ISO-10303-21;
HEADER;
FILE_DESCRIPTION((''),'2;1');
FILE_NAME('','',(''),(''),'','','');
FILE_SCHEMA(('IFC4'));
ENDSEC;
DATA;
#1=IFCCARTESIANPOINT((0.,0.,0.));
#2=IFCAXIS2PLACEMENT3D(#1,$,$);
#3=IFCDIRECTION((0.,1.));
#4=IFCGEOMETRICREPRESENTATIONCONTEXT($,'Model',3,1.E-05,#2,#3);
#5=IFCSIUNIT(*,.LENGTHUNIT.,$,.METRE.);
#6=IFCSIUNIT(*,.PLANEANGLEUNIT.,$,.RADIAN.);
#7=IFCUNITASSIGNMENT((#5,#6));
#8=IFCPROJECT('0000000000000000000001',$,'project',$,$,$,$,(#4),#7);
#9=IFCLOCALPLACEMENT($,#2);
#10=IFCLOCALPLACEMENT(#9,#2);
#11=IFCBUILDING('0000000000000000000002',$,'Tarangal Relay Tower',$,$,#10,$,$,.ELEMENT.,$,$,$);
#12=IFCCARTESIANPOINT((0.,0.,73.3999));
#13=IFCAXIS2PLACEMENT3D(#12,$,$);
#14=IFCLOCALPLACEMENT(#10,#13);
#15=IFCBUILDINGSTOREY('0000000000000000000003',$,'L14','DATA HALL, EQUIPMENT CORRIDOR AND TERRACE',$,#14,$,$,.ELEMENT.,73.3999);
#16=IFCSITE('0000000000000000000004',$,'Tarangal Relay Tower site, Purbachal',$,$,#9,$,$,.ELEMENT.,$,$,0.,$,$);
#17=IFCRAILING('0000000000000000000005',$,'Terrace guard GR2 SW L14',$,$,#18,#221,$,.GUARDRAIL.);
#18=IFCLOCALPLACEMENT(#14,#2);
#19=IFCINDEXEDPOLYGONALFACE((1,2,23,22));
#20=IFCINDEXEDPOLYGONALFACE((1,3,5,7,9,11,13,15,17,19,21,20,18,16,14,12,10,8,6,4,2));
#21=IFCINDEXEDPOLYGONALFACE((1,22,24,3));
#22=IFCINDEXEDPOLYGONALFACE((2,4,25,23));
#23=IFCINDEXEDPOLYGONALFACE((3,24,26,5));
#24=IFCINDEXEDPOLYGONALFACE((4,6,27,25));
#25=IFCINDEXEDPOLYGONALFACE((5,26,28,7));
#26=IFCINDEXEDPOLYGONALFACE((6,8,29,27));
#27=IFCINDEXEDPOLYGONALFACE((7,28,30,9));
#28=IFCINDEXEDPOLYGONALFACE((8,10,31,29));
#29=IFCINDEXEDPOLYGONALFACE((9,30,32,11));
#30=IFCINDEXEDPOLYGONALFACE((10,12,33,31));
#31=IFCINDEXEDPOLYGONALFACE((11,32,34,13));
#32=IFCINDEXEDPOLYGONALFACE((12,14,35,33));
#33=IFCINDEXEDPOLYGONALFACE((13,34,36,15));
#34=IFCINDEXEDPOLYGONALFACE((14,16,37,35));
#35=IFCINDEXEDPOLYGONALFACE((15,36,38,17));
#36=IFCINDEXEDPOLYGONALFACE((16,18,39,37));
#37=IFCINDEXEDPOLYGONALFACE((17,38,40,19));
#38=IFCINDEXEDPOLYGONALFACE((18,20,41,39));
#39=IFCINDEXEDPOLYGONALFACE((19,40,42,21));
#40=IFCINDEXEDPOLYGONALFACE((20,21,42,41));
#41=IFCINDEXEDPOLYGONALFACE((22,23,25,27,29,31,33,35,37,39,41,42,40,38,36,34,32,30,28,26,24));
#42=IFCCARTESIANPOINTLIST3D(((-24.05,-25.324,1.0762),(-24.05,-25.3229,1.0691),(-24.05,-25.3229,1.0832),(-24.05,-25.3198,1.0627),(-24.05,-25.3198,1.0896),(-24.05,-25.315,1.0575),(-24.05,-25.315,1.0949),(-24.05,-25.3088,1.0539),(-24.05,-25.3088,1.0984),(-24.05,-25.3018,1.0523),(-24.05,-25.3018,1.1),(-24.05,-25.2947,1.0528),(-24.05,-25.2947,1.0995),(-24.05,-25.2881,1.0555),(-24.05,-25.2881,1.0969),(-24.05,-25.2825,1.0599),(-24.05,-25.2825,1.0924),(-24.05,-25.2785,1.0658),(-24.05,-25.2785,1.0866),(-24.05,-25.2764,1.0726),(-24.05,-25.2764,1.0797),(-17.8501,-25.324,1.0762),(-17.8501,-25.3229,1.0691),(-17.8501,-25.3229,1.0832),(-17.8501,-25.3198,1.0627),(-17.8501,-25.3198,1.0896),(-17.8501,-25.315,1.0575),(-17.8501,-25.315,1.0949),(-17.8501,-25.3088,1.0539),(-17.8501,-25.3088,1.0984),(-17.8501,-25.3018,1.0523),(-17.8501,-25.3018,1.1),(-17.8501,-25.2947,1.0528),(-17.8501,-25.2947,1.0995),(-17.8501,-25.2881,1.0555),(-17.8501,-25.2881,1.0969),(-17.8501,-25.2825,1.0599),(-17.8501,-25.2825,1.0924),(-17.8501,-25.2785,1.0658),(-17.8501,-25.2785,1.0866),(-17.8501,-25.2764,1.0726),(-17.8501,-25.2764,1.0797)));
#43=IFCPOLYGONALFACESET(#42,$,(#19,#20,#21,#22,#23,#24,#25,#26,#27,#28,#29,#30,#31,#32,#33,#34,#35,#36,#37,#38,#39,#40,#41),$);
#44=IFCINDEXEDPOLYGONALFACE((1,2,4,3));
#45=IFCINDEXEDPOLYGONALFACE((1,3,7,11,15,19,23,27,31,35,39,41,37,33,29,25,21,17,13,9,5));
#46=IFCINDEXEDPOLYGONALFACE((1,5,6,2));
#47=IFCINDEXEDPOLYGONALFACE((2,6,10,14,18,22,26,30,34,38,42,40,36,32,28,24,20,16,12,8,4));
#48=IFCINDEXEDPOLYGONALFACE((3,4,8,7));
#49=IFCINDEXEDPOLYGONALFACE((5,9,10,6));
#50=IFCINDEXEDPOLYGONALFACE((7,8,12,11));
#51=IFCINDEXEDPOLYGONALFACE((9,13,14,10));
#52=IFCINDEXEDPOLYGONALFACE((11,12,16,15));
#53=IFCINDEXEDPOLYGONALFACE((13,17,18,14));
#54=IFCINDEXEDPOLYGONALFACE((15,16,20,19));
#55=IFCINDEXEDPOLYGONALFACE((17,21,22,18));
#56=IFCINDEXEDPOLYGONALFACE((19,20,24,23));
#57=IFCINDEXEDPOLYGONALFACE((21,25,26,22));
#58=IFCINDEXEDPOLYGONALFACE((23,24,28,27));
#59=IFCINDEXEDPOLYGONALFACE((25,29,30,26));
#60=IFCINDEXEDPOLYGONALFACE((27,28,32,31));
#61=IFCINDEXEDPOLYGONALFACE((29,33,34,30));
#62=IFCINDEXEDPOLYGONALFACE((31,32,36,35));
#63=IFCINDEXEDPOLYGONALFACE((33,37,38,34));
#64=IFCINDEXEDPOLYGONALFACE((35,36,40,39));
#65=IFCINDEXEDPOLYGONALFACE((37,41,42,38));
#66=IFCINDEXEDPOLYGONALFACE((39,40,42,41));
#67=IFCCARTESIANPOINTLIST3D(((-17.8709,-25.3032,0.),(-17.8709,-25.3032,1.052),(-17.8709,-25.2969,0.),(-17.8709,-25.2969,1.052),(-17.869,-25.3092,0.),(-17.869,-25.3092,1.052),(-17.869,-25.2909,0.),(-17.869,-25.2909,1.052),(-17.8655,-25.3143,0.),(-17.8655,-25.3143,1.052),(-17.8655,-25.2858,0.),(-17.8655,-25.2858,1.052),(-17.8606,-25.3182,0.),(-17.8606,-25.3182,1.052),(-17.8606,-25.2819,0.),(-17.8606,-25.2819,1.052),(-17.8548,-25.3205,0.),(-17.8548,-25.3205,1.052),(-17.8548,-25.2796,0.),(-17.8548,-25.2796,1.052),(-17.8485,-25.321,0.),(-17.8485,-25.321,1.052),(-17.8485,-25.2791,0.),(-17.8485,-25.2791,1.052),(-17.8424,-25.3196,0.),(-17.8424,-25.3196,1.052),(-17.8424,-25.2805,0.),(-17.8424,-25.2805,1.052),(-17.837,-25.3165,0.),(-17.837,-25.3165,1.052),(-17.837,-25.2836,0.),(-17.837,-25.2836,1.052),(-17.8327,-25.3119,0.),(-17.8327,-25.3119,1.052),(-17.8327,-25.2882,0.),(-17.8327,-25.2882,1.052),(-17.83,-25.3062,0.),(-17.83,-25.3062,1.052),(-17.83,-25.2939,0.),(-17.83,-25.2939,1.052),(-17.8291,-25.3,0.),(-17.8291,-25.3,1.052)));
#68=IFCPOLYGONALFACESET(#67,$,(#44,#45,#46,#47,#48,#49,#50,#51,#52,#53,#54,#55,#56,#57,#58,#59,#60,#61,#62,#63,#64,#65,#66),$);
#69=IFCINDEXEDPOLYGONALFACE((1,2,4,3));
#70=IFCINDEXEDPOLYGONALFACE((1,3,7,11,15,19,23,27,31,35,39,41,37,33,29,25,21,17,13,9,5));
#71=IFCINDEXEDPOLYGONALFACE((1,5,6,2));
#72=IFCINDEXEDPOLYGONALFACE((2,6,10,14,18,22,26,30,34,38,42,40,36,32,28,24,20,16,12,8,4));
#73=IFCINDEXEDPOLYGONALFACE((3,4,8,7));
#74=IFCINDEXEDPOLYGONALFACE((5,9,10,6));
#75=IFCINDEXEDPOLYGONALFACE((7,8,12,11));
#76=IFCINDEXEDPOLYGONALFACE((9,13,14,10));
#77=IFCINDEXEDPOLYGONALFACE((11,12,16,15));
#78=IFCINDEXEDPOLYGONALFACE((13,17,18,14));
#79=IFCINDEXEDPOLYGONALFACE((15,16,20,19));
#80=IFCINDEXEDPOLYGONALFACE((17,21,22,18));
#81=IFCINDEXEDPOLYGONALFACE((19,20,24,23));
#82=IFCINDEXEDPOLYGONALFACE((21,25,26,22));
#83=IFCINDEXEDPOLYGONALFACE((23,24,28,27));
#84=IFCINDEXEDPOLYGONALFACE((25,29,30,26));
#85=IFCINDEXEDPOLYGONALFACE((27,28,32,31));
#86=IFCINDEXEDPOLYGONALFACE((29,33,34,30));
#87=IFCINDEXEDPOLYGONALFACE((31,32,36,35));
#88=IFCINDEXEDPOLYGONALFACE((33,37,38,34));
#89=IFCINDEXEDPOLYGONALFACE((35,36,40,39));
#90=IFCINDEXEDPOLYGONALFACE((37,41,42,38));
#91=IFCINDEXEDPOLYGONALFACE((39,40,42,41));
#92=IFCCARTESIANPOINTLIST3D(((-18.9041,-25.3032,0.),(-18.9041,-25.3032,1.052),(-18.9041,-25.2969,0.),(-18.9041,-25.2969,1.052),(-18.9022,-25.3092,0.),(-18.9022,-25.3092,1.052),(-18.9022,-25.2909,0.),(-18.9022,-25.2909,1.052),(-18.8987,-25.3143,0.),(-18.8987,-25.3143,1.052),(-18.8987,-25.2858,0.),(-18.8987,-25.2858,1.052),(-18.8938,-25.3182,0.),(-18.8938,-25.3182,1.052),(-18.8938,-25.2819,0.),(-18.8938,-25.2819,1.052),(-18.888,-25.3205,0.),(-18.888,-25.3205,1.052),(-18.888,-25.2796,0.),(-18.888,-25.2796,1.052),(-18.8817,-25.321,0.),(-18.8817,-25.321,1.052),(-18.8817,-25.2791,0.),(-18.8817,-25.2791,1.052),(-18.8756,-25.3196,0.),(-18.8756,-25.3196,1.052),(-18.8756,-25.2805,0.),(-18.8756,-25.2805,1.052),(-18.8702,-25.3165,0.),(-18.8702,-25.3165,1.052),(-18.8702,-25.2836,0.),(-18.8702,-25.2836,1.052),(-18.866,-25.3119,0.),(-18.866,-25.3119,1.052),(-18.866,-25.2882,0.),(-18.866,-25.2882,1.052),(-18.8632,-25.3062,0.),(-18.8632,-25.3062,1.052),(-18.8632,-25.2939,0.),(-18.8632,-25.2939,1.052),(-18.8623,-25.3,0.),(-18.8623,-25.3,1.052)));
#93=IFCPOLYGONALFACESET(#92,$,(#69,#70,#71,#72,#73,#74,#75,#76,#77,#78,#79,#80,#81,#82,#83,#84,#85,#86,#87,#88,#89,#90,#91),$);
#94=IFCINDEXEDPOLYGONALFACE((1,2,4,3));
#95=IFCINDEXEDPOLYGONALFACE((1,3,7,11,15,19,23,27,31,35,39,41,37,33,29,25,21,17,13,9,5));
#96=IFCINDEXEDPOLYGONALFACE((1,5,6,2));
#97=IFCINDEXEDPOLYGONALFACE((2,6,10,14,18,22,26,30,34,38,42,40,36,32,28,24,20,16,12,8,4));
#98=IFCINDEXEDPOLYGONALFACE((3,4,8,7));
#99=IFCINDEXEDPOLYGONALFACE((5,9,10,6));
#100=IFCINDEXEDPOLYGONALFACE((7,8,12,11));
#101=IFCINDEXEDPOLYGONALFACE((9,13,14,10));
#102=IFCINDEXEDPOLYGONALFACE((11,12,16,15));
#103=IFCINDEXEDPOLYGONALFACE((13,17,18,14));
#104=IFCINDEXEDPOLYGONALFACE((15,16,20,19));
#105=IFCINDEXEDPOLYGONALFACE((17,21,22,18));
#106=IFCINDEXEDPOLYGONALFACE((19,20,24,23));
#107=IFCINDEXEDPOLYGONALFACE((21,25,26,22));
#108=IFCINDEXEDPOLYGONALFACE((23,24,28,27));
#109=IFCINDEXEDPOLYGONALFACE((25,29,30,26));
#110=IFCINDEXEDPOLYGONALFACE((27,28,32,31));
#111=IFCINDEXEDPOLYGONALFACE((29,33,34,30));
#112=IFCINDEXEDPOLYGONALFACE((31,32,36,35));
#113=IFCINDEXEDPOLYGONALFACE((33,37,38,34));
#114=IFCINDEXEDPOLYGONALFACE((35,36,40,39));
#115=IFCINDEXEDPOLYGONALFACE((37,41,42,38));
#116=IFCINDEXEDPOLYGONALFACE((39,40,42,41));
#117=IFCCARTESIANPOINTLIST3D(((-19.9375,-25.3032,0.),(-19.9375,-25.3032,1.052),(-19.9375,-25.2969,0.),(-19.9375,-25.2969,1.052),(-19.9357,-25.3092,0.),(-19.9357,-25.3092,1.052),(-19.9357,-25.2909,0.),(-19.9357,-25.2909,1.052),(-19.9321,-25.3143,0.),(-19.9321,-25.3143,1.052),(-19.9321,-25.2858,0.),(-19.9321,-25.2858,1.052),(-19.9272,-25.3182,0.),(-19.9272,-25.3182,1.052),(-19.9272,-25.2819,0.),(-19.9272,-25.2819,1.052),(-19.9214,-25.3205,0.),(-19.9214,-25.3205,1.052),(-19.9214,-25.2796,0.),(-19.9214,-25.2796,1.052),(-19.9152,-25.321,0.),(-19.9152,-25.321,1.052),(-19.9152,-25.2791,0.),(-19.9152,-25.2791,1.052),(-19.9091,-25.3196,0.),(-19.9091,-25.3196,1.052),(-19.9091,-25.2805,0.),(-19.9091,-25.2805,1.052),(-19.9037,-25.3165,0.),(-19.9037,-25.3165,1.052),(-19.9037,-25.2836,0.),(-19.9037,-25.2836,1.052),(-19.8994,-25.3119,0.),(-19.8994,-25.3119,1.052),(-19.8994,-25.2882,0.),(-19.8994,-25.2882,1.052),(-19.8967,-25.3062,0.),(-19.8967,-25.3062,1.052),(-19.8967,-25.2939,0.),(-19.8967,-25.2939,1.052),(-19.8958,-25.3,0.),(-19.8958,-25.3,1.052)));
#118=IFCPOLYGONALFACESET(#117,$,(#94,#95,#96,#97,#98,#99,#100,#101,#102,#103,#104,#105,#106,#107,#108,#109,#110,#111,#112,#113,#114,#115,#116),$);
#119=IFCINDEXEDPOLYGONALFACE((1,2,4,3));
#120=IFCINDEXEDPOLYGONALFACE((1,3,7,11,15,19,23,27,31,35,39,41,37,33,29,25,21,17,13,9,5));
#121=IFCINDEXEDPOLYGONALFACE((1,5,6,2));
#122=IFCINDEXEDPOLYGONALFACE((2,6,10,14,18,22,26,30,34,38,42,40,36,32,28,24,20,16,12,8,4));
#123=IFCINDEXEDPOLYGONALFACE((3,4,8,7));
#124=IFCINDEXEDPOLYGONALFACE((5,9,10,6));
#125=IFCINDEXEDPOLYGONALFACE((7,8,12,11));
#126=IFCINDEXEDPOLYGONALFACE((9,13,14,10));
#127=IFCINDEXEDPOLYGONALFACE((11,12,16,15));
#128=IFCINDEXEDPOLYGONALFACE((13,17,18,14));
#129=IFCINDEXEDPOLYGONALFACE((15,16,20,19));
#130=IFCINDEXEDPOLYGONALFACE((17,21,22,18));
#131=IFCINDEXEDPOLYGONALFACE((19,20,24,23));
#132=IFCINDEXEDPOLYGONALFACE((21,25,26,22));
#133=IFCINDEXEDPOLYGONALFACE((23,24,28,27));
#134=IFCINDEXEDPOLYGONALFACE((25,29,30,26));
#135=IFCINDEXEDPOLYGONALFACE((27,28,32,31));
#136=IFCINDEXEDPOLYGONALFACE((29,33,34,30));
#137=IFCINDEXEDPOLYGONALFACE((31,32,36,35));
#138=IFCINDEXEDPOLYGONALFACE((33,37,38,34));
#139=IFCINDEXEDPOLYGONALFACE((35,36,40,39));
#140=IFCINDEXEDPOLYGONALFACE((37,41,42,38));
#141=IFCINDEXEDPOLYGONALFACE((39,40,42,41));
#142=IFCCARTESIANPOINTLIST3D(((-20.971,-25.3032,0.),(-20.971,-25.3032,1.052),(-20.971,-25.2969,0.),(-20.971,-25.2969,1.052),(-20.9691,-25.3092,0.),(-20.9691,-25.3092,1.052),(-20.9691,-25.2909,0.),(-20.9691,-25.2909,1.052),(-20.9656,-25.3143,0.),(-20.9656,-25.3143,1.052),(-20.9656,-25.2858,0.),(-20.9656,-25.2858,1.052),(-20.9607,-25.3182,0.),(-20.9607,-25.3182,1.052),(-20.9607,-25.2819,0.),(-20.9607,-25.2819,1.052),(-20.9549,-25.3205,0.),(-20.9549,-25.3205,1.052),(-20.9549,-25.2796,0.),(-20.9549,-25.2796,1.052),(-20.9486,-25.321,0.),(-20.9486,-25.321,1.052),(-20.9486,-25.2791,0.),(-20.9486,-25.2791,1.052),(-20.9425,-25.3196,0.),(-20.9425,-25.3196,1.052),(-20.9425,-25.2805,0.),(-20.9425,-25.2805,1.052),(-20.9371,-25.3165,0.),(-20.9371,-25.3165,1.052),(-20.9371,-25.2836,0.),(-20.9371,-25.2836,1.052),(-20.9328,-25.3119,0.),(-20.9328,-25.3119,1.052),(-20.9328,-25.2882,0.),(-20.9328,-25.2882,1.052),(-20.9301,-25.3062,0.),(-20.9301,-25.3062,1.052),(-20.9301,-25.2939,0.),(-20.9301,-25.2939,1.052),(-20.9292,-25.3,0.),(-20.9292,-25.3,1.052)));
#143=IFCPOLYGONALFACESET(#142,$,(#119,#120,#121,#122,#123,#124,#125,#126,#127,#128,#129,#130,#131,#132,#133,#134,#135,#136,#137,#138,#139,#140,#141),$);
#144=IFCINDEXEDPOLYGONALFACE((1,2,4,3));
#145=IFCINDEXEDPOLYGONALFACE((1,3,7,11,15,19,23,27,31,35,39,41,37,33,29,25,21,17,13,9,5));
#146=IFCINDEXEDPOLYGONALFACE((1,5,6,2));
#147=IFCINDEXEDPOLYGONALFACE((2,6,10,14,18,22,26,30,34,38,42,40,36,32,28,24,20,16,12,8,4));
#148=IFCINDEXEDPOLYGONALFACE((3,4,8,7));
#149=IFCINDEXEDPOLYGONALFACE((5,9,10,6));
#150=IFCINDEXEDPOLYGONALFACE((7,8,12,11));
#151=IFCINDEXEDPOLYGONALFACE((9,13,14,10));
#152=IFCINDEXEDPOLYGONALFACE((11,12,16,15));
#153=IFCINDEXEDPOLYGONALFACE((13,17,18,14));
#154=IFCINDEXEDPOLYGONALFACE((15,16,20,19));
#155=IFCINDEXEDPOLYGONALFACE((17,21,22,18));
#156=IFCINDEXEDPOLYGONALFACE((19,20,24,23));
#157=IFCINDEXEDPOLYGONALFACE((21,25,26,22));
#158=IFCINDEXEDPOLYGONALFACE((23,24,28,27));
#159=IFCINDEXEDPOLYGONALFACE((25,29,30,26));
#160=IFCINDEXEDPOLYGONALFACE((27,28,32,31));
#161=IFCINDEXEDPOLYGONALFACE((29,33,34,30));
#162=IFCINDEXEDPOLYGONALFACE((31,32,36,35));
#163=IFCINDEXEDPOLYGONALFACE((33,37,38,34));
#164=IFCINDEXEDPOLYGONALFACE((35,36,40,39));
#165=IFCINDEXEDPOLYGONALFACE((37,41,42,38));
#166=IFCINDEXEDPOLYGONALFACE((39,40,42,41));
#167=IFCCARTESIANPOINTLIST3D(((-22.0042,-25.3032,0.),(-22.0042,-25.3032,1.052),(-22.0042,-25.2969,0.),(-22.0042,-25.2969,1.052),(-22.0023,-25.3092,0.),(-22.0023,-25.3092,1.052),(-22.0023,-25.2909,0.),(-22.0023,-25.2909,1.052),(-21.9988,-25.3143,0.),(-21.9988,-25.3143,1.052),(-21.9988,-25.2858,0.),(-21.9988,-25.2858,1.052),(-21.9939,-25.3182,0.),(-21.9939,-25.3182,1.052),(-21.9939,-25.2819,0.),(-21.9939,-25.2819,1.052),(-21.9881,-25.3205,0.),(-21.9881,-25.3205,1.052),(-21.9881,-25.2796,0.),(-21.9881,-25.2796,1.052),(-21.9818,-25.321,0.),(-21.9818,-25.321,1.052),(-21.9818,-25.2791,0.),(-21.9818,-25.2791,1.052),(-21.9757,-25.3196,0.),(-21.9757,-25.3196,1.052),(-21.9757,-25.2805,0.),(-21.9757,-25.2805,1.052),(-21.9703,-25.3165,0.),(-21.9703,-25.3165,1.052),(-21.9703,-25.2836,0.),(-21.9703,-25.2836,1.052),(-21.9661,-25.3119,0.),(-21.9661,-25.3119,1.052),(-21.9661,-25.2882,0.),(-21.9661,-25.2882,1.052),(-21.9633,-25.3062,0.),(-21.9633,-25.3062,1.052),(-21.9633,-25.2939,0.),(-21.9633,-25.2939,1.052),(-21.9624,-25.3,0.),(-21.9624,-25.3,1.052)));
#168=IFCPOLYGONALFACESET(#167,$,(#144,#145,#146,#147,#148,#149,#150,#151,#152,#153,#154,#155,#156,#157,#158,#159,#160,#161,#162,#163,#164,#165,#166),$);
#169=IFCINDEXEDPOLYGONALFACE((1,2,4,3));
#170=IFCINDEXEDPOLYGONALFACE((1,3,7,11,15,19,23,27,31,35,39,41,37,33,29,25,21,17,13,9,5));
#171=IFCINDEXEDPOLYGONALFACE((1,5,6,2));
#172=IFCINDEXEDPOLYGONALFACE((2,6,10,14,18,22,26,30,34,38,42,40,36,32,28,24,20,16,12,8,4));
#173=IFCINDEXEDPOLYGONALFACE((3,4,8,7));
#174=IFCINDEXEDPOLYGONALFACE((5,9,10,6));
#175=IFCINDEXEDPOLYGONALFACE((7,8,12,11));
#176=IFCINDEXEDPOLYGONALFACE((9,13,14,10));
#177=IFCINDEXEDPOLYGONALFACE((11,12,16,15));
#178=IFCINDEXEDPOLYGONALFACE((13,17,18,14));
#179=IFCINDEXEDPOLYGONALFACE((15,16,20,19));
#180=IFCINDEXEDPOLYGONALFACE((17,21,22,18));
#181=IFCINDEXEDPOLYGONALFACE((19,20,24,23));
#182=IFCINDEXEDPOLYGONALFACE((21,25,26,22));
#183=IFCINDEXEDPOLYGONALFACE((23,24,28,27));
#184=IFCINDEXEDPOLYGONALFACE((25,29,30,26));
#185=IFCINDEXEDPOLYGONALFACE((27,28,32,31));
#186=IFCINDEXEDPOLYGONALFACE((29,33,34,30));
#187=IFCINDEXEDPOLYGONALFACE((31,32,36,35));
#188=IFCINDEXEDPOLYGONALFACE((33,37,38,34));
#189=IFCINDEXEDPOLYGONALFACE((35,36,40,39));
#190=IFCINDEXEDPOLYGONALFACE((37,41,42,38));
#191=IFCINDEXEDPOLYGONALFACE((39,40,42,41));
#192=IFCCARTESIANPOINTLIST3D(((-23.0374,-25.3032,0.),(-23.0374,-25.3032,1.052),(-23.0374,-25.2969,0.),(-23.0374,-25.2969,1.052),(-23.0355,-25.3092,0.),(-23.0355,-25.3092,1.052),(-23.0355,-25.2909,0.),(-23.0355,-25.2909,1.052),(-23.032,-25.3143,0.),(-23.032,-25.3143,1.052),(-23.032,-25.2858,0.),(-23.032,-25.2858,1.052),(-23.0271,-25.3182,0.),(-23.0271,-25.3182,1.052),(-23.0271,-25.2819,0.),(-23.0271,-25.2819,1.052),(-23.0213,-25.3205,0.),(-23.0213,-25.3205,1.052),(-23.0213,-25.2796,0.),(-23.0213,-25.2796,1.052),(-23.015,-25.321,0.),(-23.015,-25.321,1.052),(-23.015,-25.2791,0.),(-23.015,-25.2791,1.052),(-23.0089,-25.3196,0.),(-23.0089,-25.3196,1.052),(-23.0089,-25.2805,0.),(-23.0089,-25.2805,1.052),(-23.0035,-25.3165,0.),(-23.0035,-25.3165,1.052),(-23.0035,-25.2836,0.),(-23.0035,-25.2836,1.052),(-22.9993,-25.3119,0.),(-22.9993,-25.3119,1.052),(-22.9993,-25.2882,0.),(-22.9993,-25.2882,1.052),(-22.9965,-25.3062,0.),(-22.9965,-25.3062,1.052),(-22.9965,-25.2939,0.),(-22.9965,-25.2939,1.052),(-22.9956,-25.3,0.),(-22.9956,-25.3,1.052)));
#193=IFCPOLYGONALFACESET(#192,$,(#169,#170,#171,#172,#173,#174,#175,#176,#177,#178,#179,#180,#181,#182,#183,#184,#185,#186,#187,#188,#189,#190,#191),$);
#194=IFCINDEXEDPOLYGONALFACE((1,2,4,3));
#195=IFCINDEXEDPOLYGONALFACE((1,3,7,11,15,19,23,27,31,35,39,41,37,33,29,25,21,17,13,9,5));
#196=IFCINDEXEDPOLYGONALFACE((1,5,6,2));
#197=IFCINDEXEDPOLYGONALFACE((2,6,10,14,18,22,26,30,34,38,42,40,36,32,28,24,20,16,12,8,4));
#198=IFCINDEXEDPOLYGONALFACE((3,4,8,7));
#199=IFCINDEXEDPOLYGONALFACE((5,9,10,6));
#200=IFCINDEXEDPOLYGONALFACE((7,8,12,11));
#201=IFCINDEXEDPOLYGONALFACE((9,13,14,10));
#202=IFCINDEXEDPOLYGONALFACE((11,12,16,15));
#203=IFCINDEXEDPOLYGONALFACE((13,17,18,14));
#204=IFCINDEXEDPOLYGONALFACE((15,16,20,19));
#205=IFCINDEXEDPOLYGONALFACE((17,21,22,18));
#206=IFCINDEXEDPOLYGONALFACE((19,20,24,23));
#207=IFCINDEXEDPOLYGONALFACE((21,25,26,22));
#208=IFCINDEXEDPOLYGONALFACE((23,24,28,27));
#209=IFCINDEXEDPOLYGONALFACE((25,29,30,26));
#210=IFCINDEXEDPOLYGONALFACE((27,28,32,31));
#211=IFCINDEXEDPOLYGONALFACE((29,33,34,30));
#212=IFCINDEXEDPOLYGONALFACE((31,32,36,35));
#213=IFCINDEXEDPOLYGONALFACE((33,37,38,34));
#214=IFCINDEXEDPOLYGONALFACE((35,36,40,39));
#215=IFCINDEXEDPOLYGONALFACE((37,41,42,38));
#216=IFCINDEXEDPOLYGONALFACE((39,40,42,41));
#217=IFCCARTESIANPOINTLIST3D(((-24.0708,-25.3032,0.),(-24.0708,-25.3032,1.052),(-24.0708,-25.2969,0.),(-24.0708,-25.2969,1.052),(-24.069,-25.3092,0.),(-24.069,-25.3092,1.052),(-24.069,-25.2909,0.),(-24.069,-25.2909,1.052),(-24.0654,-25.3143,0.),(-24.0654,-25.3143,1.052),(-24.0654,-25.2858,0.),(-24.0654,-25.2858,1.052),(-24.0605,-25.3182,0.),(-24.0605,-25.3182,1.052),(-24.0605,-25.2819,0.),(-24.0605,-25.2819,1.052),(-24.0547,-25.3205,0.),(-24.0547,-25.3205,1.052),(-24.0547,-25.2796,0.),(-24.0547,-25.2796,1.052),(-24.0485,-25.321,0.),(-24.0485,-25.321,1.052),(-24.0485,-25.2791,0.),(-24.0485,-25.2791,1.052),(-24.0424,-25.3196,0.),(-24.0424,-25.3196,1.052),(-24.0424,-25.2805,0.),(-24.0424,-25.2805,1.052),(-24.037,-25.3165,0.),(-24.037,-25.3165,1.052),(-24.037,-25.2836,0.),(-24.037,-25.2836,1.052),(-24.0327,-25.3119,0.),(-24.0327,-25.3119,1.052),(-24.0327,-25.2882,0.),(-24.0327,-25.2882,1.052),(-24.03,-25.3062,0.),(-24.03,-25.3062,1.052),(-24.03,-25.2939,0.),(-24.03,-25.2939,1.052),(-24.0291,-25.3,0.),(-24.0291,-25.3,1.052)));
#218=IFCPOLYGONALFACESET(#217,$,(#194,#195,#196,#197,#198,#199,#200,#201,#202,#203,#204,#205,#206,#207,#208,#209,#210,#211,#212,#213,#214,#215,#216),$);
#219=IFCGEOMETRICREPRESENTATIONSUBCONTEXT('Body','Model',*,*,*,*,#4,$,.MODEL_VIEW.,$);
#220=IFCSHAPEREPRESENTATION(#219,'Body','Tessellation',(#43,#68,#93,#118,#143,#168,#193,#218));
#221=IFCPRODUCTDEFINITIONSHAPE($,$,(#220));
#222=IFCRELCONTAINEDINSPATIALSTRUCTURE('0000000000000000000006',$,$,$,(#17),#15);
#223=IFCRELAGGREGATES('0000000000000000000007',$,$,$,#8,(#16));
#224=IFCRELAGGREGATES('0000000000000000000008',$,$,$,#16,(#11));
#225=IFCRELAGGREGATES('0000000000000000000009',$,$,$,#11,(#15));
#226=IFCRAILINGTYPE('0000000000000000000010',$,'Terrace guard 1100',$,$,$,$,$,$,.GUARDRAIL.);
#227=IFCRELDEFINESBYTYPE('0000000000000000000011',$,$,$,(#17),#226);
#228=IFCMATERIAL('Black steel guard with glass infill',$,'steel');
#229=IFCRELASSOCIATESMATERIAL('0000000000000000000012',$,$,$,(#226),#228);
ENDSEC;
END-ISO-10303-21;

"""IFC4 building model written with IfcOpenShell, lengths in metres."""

from ifc_helpers import new_model, si_unit, direction, frame, origin, origin_2d, place, context, subcontext, project, spatial, circle, extrude, material, type_object, element, save


model = new_model("IFC4")

# Units and contexts
model_context = context("Model", 3, precision=1e-05, world=origin(), true_north=direction((0.0, 1.0)))
body_context = subcontext(model_context, "Body", "Model", "MODEL_VIEW")
ifc_project = project(units=[si_unit("LENGTHUNIT", "METRE"), si_unit("PLANEANGLEUNIT", "RADIAN")], contexts=[model_context])

# Site, building, storey
site_placement = place(None, origin())
site = spatial("IfcSite", under=ifc_project, at=site_placement, Name="Tarangal Relay Tower site, Purbachal", CompositionType="ELEMENT", RefElevation=0.0)
building_placement = place(site_placement, origin())
building = spatial("IfcBuilding", under=site, at=building_placement, Name="Tarangal Relay Tower", CompositionType="ELEMENT")
storey_placement = place(building_placement, frame((0.0, 0.0, 73.3999)))
storey = spatial("IfcBuildingStorey", under=building, at=storey_placement, Name="L14", Description="DATA HALL, EQUIPMENT CORRIDOR AND TERRACE", CompositionType="ELEMENT", Elevation=73.3999)

# Railing
ifc_material_1 = material(Name="Black steel guard with glass infill", Category="steel")
railing_type = type_object("IfcRailingType", Name="Terrace guard 1100", PredefinedType="GUARDRAIL", material=ifc_material_1)
railing_1_placement = place(storey_placement, frame((-17.8501, -25.3, 0.0)))
element("IfcRailing", 1, at=railing_1_placement, inside=storey, type_object=railing_type, Name="Terrace guard GR2 SW L14", PredefinedType="GUARDRAIL", context=body_context, shape_type="SweptSolid", body=[
    extrude(circle(Radius=0.0239, at=origin_2d()), frame((0.0, 0.0, 1.0762), z_axis=(-1.0, 0.0, 0.0), x_axis=(0.0, -1.0, 0.0)), (0.0, 0.0, 1.0), 6.2),
    extrude(circle(Radius=0.021, at=origin_2d()), origin(), (0.0, 0.0, 1.0), 1.052),
    extrude(circle(Radius=0.021, at=origin_2d()), frame((-1.0332, 0.0, 0.0)), (0.0, 0.0, 1.0), 1.052),
    extrude(circle(Radius=0.021, at=origin_2d()), frame((-2.0667, 0.0, 0.0)), (0.0, 0.0, 1.0), 1.052),
    extrude(circle(Radius=0.021, at=origin_2d()), frame((-3.1001, 0.0, 0.0)), (0.0, 0.0, 1.0), 1.052),
    extrude(circle(Radius=0.021, at=origin_2d()), frame((-4.1333, 0.0, 0.0)), (0.0, 0.0, 1.0), 1.052),
    extrude(circle(Radius=0.021, at=origin_2d()), frame((-5.1665, 0.0, 0.0)), (0.0, 0.0, 1.0), 1.052),
    extrude(circle(Radius=0.021, at=origin_2d()), frame((-6.2, 0.0, 0.0)), (0.0, 0.0, 1.0), 1.052),
])

save(model, "model.ifc")
